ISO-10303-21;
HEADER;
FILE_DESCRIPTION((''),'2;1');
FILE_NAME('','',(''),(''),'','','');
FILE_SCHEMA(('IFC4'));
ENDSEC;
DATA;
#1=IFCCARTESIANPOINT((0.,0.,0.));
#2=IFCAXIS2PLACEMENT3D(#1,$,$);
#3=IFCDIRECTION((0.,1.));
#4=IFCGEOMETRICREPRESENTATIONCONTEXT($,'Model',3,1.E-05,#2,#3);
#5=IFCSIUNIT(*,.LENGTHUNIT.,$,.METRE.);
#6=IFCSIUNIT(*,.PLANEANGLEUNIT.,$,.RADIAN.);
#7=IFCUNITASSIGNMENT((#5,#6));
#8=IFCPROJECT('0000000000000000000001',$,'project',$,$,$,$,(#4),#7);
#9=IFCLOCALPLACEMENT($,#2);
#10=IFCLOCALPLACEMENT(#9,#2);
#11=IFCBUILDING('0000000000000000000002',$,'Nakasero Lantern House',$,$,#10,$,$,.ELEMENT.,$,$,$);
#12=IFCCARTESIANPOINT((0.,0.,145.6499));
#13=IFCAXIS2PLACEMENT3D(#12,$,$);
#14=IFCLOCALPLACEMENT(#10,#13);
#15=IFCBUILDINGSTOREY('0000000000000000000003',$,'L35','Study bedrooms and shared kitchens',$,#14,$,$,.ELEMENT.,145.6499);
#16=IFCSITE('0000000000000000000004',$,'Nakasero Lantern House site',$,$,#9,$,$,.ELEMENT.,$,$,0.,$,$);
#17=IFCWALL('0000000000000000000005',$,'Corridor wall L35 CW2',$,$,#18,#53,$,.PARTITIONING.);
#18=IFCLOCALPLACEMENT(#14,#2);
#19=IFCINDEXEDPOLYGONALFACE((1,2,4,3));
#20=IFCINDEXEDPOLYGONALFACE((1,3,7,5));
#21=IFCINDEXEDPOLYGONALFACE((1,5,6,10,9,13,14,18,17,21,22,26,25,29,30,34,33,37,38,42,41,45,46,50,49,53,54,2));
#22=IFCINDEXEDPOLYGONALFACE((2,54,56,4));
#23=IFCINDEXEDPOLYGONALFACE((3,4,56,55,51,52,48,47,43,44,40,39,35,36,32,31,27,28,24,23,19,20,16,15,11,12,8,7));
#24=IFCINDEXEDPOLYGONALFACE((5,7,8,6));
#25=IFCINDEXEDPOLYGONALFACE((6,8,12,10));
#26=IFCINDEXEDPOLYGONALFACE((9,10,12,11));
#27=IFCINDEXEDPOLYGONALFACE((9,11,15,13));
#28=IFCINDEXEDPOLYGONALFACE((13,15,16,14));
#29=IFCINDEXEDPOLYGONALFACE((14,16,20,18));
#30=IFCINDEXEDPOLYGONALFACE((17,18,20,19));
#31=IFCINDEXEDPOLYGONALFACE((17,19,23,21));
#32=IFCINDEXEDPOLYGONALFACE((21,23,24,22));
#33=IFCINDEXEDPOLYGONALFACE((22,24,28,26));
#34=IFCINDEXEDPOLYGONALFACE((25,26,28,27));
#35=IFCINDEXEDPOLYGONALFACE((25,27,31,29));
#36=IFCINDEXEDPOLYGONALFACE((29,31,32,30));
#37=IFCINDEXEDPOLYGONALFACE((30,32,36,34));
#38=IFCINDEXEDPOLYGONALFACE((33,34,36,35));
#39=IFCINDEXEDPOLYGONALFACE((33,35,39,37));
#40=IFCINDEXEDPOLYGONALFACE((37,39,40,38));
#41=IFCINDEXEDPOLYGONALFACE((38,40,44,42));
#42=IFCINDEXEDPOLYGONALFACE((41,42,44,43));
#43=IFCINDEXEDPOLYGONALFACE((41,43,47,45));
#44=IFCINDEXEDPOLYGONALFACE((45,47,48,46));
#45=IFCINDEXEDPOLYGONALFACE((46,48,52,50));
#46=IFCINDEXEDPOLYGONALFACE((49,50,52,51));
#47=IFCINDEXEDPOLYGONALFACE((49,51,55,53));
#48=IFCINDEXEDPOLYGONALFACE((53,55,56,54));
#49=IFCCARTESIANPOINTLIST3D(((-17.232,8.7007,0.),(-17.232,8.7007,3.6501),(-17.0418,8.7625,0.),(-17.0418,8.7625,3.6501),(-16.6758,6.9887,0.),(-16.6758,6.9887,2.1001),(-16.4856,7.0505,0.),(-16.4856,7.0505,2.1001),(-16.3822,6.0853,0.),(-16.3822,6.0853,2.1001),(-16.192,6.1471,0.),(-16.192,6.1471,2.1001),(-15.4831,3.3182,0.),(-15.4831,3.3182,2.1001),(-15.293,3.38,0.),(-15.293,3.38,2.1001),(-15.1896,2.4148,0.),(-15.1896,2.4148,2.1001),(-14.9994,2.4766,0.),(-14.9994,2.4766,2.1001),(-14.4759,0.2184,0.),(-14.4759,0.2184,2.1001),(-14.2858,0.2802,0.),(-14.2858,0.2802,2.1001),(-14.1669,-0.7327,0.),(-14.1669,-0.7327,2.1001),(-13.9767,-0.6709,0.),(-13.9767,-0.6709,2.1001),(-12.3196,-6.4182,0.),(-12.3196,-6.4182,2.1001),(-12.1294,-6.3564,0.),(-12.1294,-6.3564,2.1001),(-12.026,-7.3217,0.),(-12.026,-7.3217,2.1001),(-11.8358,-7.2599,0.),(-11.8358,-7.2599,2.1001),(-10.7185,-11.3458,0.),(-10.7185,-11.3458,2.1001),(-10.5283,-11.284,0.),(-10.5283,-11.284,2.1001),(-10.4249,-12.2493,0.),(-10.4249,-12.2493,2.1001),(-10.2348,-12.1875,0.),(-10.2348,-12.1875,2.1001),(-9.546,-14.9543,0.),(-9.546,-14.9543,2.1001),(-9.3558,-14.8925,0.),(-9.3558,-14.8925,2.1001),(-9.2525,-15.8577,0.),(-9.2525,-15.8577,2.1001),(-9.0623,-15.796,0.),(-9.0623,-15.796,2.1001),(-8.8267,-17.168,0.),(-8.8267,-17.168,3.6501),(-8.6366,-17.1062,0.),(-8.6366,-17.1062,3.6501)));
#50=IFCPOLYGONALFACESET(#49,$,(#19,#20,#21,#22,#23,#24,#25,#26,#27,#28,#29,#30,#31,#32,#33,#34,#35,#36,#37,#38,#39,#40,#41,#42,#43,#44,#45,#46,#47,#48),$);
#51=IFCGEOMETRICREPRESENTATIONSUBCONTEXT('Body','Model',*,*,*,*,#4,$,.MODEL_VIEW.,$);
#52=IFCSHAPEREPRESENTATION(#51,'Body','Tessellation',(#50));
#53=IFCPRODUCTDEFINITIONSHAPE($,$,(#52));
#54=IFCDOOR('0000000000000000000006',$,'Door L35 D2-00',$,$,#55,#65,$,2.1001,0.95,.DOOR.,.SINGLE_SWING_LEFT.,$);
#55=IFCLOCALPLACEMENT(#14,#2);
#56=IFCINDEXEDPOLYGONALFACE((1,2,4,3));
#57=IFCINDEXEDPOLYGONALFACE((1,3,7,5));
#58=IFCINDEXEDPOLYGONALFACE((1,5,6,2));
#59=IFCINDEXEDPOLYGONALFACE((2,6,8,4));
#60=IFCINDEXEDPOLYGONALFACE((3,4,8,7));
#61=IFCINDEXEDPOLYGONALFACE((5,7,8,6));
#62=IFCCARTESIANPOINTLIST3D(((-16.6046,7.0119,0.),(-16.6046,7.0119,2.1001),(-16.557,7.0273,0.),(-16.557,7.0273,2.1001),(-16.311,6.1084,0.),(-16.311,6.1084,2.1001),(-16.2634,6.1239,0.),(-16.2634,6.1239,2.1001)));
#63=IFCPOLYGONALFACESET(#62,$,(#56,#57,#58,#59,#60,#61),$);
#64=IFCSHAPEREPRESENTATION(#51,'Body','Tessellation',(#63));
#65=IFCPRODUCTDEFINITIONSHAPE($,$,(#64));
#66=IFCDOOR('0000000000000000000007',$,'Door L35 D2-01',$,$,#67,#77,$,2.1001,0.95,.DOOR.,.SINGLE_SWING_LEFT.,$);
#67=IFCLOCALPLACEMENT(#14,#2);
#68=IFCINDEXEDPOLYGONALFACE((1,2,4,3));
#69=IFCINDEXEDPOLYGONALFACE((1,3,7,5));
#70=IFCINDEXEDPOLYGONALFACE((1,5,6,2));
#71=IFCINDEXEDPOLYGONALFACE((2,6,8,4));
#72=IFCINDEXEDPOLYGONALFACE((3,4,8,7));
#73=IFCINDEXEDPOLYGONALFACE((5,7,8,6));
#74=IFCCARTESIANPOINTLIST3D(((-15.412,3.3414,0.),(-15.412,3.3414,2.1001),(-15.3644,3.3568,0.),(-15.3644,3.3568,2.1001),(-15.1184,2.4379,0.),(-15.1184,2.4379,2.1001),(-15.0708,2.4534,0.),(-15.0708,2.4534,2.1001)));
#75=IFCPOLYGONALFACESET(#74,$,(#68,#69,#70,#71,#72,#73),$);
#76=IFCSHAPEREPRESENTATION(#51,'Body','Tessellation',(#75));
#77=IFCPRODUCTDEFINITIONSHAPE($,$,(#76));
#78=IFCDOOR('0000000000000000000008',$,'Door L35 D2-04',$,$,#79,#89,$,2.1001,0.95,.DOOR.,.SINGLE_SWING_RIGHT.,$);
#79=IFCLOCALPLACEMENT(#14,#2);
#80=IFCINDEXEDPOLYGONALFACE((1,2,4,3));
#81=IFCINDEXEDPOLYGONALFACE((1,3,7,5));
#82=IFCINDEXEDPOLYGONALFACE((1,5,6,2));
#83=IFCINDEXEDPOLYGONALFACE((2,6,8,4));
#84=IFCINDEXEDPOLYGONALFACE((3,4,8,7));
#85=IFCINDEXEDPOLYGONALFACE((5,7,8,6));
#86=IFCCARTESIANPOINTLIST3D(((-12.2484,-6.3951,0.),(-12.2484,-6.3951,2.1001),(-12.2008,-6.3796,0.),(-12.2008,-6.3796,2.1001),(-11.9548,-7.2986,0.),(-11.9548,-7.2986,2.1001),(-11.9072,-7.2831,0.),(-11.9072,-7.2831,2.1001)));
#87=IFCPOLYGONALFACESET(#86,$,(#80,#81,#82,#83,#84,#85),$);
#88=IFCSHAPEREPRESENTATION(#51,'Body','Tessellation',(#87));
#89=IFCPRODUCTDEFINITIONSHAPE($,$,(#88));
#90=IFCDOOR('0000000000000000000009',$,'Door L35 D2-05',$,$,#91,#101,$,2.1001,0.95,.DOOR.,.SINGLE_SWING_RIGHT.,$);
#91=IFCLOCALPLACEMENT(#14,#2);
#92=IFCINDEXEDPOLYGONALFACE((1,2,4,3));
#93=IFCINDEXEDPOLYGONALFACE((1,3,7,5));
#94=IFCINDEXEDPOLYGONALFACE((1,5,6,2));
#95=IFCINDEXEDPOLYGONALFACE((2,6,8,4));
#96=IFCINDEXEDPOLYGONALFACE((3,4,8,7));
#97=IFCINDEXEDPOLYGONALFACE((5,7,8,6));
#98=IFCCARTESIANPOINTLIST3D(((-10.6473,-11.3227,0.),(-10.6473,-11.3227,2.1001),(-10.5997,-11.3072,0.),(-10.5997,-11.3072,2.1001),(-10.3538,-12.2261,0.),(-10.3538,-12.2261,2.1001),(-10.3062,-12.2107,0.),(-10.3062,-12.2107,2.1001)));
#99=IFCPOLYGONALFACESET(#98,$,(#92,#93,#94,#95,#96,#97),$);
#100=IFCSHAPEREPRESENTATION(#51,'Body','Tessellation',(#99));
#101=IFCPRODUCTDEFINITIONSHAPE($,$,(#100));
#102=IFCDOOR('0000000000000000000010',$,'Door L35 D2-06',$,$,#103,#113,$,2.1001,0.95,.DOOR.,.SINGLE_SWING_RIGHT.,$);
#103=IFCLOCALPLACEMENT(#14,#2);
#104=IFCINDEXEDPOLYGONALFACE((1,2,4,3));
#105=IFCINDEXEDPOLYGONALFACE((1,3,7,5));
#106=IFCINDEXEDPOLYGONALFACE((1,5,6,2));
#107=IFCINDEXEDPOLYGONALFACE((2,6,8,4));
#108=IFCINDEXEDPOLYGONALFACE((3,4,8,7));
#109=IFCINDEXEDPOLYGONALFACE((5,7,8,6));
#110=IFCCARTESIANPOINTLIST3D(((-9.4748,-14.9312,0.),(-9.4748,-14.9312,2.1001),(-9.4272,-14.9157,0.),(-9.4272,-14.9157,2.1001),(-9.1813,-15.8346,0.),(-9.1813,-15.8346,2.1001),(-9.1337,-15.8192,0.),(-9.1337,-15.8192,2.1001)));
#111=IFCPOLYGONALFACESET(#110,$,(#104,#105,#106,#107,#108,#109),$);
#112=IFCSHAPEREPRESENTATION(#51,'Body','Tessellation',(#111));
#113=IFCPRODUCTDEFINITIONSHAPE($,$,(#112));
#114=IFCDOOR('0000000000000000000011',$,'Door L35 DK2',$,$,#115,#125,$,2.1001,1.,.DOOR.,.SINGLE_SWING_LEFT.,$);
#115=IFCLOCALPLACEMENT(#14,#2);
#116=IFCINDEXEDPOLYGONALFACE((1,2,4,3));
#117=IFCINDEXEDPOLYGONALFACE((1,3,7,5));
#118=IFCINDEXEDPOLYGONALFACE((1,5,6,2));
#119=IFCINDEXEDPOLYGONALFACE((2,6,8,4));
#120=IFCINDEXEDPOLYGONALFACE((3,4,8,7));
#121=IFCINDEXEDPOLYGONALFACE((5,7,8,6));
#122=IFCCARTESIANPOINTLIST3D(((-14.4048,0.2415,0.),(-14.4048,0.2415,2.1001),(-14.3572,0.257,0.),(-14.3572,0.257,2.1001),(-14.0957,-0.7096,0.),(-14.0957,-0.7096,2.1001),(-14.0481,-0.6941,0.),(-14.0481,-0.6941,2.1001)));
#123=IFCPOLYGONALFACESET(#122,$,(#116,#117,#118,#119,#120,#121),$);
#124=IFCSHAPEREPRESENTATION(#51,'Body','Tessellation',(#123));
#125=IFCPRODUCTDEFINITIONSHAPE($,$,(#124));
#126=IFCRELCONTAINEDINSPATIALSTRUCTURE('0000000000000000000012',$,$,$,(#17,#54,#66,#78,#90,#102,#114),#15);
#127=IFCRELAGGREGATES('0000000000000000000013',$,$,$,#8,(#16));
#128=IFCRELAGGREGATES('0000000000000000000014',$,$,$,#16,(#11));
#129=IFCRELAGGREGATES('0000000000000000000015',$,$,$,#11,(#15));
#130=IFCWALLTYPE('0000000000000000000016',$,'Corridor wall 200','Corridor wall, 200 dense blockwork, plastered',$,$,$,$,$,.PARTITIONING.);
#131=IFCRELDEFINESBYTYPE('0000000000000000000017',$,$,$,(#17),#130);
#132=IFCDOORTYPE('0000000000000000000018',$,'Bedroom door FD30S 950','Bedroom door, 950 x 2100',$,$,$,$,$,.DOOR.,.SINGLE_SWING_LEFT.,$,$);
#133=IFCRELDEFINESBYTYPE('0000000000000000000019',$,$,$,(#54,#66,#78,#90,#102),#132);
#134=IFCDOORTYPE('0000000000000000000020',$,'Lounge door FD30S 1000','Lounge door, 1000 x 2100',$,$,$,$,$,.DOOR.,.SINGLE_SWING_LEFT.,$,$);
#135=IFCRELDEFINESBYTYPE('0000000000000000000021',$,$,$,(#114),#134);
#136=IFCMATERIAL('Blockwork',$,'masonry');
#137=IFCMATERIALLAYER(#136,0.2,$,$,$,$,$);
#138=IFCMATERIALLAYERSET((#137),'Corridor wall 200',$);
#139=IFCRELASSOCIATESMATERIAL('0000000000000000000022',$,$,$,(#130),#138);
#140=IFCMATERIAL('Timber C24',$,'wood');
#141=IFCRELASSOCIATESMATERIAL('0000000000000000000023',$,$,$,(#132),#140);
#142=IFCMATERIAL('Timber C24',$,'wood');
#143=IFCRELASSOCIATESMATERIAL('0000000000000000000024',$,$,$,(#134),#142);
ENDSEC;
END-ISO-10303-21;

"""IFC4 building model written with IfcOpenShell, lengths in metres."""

from ifc_helpers import new_model, si_unit, direction, frame, frame_2d, origin, place, context, subcontext, project, spatial, rectangle, extrude, material, layer, layer_set, type_object, element, fill, save


model = new_model("IFC4")

# Units and contexts
model_context = context("Model", 3, precision=1e-05, world=origin(), true_north=direction((0.0, 1.0)))
body_context = subcontext(model_context, "Body", "Model", "MODEL_VIEW")
ifc_project = project(units=[si_unit("LENGTHUNIT", "METRE"), si_unit("PLANEANGLEUNIT", "RADIAN")], contexts=[model_context])

# Site, building, storey
site_placement = place(None, origin())
site = spatial("IfcSite", under=ifc_project, at=site_placement, Name="Nakasero Lantern House site", CompositionType="ELEMENT", RefElevation=0.0)
building_placement = place(site_placement, origin())
building = spatial("IfcBuilding", under=site, at=building_placement, Name="Nakasero Lantern House", CompositionType="ELEMENT")
storey_placement = place(building_placement, frame((0.0, 0.0, 145.6499)))
storey = spatial("IfcBuildingStorey", under=building, at=storey_placement, Name="L35", Description="Study bedrooms and shared kitchens", CompositionType="ELEMENT", Elevation=145.6499)

# Wall, openings, doors
ifc_material_1 = material(Name="Blockwork", Category="masonry")
ifc_layer_1 = layer(ifc_material_1, 0.2)
ifc_layer_set_1 = layer_set([ifc_layer_1], Name="Corridor wall 200")
wall_type_1 = type_object("IfcWallType", Name="Corridor wall 200", Description="Corridor wall, 200 dense blockwork, plastered", PredefinedType="PARTITIONING", material=ifc_layer_set_1)
wall_1_placement = place(storey_placement, frame((-17.137, 8.7317, 0.0), z_axis=(0.0, 0.0, 1.0), x_axis=(0.309018, -0.951056, 0.0)))
wall_1 = element("IfcWall", 1, at=wall_1_placement, inside=storey, type_object=wall_type_1, Name="Corridor wall L35 CW2", PredefinedType="PARTITIONING", context=body_context, shape_type="SweptSolid", body=[
    extrude(rectangle(XDim=27.2, YDim=0.2, at=frame_2d((13.6001, 0.0))), origin(), (0.0, 0.0, 1.0), 3.6501),
])
opening_1_placement = place(wall_1_placement, frame((1.8, 0.0, 0.0)))
opening_1 = element("IfcOpeningElement", 2, at=opening_1_placement, cuts=wall_1, PredefinedType="OPENING", context=body_context, shape_type="SweptSolid", body=[
    extrude(rectangle(XDim=0.95, YDim=2.1001, at=frame_2d((0.4751, 1.05))), frame((0.0, 0.1199, 0.0), z_axis=(0.0, -1.0, 0.0), x_axis=(1.0, 0.0, 0.0)), (0.0, 0.0, 1.0), 0.24),
])
opening_2_placement = place(wall_1_placement, frame((5.6594, 0.0, 0.0)))
opening_2 = element("IfcOpeningElement", 3, at=opening_2_placement, cuts=wall_1, PredefinedType="OPENING", context=body_context, shape_type="SweptSolid", body=[
    extrude(rectangle(XDim=0.95, YDim=2.1001, at=frame_2d((0.4751, 1.05))), frame((0.0, 0.1199, 0.0), z_axis=(0.0, -1.0, 0.0), x_axis=(1.0, 0.0, 0.0)), (0.0, 0.0, 1.0), 0.24),
])
opening_3_placement = place(wall_1_placement, frame((15.897, 0.0, 0.0)))
opening_3 = element("IfcOpeningElement", 4, at=opening_3_placement, cuts=wall_1, PredefinedType="OPENING", context=body_context, shape_type="SweptSolid", body=[
    extrude(rectangle(XDim=0.95, YDim=2.1001, at=frame_2d((0.4751, 1.05))), frame((0.0, 0.1199, 0.0), z_axis=(0.0, -1.0, 0.0), x_axis=(1.0, 0.0, 0.0)), (0.0, 0.0, 1.0), 0.24),
])
opening_4_placement = place(wall_1_placement, frame((21.0781, 0.0, 0.0)))
opening_4 = element("IfcOpeningElement", 5, at=opening_4_placement, cuts=wall_1, PredefinedType="OPENING", context=body_context, shape_type="SweptSolid", body=[
    extrude(rectangle(XDim=0.95, YDim=2.1001, at=frame_2d((0.4751, 1.05))), frame((0.0, 0.1199, 0.0), z_axis=(0.0, -1.0, 0.0), x_axis=(1.0, 0.0, 0.0)), (0.0, 0.0, 1.0), 0.24),
])
opening_5_placement = place(wall_1_placement, frame((24.8723, 0.0, 0.0)))
opening_5 = element("IfcOpeningElement", 6, at=opening_5_placement, cuts=wall_1, PredefinedType="OPENING", context=body_context, shape_type="SweptSolid", body=[
    extrude(rectangle(XDim=0.95, YDim=2.1001, at=frame_2d((0.4751, 1.05))), frame((0.0, 0.1199, 0.0), z_axis=(0.0, -1.0, 0.0), x_axis=(1.0, 0.0, 0.0)), (0.0, 0.0, 1.0), 0.24),
])
opening_6_placement = place(wall_1_placement, frame((8.9189, 0.0, 0.0)))
opening_6 = element("IfcOpeningElement", 7, at=opening_6_placement, cuts=wall_1, PredefinedType="OPENING", context=body_context, shape_type="SweptSolid", body=[
    extrude(rectangle(XDim=1.0, YDim=2.1001, at=frame_2d((0.5, 1.05))), frame((0.0, 0.1199, 0.0), z_axis=(0.0, -1.0, 0.0), x_axis=(1.0, 0.0, 0.0)), (0.0, 0.0, 1.0), 0.24),
])
ifc_material_2 = material(Name="Timber C24", Category="wood")
door_type_1 = type_object("IfcDoorType", Name="Bedroom door FD30S 950", Description="Bedroom door, 950 x 2100", OperationType="SINGLE_SWING_LEFT", PredefinedType="DOOR", material=ifc_material_2)
door_1_placement = place(opening_1_placement, origin())
door_1 = element("IfcDoor", 8, at=door_1_placement, inside=storey, type_object=door_type_1, Name="Door L35 D2-00", OperationType="SINGLE_SWING_LEFT", OverallHeight=2.1001, OverallWidth=0.95, PredefinedType="DOOR", context=body_context, shape_type="SweptSolid", body=[
    extrude(rectangle(XDim=0.95, YDim=2.1001, at=frame_2d((0.4751, 1.05))), frame((0.0, 0.0249, 0.0), z_axis=(0.0, -1.0, 0.0), x_axis=(1.0, 0.0, 0.0)), (0.0, 0.0, 1.0), 0.05),
])
fill(opening_1, door_1)
door_2_placement = place(opening_2_placement, origin())
door_2 = element("IfcDoor", 9, at=door_2_placement, inside=storey, type_object=door_type_1, Name="Door L35 D2-01", OperationType="SINGLE_SWING_LEFT", OverallHeight=2.1001, OverallWidth=0.95, PredefinedType="DOOR", context=body_context, shape_type="SweptSolid", body=[
    extrude(rectangle(XDim=0.95, YDim=2.1001, at=frame_2d((0.4751, 1.05))), frame((0.0, 0.0249, 0.0), z_axis=(0.0, -1.0, 0.0), x_axis=(1.0, 0.0, 0.0)), (0.0, 0.0, 1.0), 0.05),
])
fill(opening_2, door_2)
door_3_placement = place(opening_3_placement, origin())
door_3 = element("IfcDoor", 10, at=door_3_placement, inside=storey, type_object=door_type_1, Name="Door L35 D2-04", OperationType="SINGLE_SWING_RIGHT", OverallHeight=2.1001, OverallWidth=0.95, PredefinedType="DOOR", context=body_context, shape_type="SweptSolid", body=[
    extrude(rectangle(XDim=0.95, YDim=2.1001, at=frame_2d((0.4751, 1.05))), frame((0.0, 0.0249, 0.0), z_axis=(0.0, -1.0, 0.0), x_axis=(1.0, 0.0, 0.0)), (0.0, 0.0, 1.0), 0.05),
])
fill(opening_3, door_3)
door_4_placement = place(opening_4_placement, origin())
door_4 = element("IfcDoor", 11, at=door_4_placement, inside=storey, type_object=door_type_1, Name="Door L35 D2-05", OperationType="SINGLE_SWING_RIGHT", OverallHeight=2.1001, OverallWidth=0.95, PredefinedType="DOOR", context=body_context, shape_type="SweptSolid", body=[
    extrude(rectangle(XDim=0.95, YDim=2.1001, at=frame_2d((0.4751, 1.05))), frame((0.0, 0.0249, 0.0), z_axis=(0.0, -1.0, 0.0), x_axis=(1.0, 0.0, 0.0)), (0.0, 0.0, 1.0), 0.05),
])
fill(opening_4, door_4)
door_5_placement = place(opening_5_placement, origin())
door_5 = element("IfcDoor", 12, at=door_5_placement, inside=storey, type_object=door_type_1, Name="Door L35 D2-06", OperationType="SINGLE_SWING_RIGHT", OverallHeight=2.1001, OverallWidth=0.95, PredefinedType="DOOR", context=body_context, shape_type="SweptSolid", body=[
    extrude(rectangle(XDim=0.95, YDim=2.1001, at=frame_2d((0.4751, 1.05))), frame((0.0, 0.0249, 0.0), z_axis=(0.0, -1.0, 0.0), x_axis=(1.0, 0.0, 0.0)), (0.0, 0.0, 1.0), 0.05),
])
fill(opening_5, door_5)
ifc_material_3 = material(Name="Timber C24", Category="wood")
door_type_2 = type_object("IfcDoorType", Name="Lounge door FD30S 1000", Description="Lounge door, 1000 x 2100", OperationType="SINGLE_SWING_LEFT", PredefinedType="DOOR", material=ifc_material_3)
door_6_placement = place(opening_6_placement, origin())
door_6 = element("IfcDoor", 13, at=door_6_placement, inside=storey, type_object=door_type_2, Name="Door L35 DK2", OperationType="SINGLE_SWING_LEFT", OverallHeight=2.1001, OverallWidth=1.0, PredefinedType="DOOR", context=body_context, shape_type="SweptSolid", body=[
    extrude(rectangle(XDim=1.0, YDim=2.1001, at=frame_2d((0.5, 1.05))), frame((0.0, 0.0249, 0.0), z_axis=(0.0, -1.0, 0.0), x_axis=(1.0, 0.0, 0.0)), (0.0, 0.0, 1.0), 0.05),
])
fill(opening_6, door_6)

save(model, "model.ifc")
